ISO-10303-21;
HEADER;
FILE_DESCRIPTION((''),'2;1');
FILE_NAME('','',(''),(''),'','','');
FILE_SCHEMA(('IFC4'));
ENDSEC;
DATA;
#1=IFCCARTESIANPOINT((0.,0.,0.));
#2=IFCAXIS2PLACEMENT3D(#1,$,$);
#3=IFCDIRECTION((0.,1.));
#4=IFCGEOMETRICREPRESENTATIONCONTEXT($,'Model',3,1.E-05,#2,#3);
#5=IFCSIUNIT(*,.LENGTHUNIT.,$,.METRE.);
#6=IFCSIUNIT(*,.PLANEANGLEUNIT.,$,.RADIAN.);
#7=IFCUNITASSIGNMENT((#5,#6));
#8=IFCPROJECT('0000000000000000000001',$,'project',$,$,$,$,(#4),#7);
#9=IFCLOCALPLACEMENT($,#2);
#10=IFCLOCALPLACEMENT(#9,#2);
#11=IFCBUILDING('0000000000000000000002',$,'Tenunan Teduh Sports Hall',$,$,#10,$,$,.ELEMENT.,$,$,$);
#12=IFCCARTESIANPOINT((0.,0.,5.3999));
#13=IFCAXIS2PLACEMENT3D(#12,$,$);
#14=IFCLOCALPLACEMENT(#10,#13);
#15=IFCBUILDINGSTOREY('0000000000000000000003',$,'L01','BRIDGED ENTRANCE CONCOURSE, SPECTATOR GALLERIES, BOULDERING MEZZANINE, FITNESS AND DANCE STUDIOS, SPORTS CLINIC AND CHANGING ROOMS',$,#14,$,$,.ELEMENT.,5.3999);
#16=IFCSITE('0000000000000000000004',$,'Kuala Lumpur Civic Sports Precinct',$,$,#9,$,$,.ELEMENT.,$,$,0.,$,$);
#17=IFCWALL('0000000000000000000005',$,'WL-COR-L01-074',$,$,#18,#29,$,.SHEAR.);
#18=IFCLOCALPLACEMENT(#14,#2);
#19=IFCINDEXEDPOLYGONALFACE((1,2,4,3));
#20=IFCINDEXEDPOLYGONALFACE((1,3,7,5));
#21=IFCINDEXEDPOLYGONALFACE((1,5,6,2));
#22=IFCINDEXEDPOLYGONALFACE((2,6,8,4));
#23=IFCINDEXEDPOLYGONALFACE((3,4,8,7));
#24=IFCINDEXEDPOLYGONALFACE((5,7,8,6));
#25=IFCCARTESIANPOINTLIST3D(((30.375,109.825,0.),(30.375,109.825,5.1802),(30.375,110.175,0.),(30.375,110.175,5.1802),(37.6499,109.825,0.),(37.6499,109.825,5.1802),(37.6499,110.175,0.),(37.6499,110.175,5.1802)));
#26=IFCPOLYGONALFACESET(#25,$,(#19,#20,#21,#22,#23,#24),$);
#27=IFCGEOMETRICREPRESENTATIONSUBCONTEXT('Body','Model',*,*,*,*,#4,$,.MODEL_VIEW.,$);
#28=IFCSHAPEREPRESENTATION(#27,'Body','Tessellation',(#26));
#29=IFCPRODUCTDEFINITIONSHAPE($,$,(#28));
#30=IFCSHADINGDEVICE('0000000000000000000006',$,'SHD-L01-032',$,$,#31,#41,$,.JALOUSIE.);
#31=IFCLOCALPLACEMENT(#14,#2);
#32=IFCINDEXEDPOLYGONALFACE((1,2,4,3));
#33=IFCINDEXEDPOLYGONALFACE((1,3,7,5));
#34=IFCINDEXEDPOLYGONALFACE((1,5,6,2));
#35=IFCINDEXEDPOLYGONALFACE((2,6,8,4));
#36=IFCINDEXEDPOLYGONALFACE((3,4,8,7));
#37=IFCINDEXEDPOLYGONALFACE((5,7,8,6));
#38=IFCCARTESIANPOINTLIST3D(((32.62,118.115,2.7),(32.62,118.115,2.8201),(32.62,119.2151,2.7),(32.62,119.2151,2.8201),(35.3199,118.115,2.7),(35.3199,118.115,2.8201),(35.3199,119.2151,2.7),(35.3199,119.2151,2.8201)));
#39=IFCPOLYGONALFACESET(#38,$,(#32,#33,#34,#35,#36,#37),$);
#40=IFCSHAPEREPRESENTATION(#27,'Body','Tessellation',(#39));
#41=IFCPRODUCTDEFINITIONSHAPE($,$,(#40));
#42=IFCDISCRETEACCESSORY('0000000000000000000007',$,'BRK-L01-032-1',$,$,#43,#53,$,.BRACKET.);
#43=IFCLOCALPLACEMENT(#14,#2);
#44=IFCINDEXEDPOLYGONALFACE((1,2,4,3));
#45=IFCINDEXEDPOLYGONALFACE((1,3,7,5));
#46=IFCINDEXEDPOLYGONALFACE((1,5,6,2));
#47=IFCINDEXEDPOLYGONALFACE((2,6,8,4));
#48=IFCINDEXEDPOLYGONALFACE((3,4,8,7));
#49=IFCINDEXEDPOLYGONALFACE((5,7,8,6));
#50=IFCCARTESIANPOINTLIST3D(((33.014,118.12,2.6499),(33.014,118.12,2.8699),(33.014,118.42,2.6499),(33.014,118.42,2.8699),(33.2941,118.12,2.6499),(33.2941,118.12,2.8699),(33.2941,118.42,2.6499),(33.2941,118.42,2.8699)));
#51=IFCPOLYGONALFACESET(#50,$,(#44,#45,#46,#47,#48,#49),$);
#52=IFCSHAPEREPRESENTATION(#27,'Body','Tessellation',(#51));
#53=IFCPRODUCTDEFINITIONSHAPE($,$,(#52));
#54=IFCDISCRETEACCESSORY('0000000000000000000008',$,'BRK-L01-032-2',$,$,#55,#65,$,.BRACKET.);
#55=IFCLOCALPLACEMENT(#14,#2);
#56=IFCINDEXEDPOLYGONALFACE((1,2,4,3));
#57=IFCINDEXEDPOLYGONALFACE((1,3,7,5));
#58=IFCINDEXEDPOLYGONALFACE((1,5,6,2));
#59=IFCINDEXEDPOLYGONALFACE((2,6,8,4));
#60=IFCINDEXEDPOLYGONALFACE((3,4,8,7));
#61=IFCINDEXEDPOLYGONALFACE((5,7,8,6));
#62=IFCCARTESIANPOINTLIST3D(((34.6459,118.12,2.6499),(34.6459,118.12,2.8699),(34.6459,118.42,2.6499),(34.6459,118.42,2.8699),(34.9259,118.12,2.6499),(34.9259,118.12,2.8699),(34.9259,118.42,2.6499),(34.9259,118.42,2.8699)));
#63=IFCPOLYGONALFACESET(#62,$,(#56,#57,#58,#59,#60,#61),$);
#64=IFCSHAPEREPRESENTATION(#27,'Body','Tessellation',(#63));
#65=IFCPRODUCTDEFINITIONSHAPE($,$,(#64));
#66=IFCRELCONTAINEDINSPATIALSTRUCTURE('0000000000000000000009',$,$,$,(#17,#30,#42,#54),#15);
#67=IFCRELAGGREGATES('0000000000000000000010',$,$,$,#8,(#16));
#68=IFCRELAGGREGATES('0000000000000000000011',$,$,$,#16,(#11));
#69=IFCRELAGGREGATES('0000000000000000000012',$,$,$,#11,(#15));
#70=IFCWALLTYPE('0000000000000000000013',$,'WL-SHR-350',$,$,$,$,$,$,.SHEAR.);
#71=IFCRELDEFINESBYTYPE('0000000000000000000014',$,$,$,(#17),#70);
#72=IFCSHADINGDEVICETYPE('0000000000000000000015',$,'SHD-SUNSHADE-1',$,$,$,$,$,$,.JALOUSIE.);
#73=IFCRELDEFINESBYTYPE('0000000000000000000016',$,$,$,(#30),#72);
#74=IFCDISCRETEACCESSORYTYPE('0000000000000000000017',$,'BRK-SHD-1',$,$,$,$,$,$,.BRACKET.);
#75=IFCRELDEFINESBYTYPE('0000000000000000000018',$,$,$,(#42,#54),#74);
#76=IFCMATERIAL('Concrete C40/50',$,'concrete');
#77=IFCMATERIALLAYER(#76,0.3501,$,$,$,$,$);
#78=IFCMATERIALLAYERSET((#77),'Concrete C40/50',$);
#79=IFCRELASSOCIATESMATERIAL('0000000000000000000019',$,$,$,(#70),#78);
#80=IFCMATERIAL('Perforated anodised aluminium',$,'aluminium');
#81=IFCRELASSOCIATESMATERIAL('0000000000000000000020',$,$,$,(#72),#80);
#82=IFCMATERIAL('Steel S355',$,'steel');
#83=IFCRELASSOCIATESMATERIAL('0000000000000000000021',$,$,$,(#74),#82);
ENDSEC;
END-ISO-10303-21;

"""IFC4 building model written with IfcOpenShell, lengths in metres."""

from ifc_helpers import new_model, si_unit, direction, frame, frame_2d, origin, origin_2d, place, context, subcontext, project, spatial, rectangle, extrude, material, layer, layer_set, type_object, element, save


model = new_model("IFC4")

# Units and contexts
model_context = context("Model", 3, precision=1e-05, world=origin(), true_north=direction((0.0, 1.0)))
body_context = subcontext(model_context, "Body", "Model", "MODEL_VIEW")
ifc_project = project(units=[si_unit("LENGTHUNIT", "METRE"), si_unit("PLANEANGLEUNIT", "RADIAN")], contexts=[model_context])

# Site, building, storey
site_placement = place(None, origin())
site = spatial("IfcSite", under=ifc_project, at=site_placement, Name="Kuala Lumpur Civic Sports Precinct", CompositionType="ELEMENT", RefElevation=0.0)
building_placement = place(site_placement, origin())
building = spatial("IfcBuilding", under=site, at=building_placement, Name="Tenunan Teduh Sports Hall", CompositionType="ELEMENT")
storey_placement = place(building_placement, frame((0.0, 0.0, 5.3999)))
storey = spatial("IfcBuildingStorey", under=building, at=storey_placement, Name="L01", Description="BRIDGED ENTRANCE CONCOURSE, SPECTATOR GALLERIES, BOULDERING MEZZANINE, FITNESS AND DANCE STUDIOS, SPORTS CLINIC AND CHANGING ROOMS", CompositionType="ELEMENT", Elevation=5.3999)

# Wall
ifc_material_1 = material(Name="Concrete C40/50", Category="concrete")
ifc_layer_1 = layer(ifc_material_1, 0.3501)
ifc_layer_set_1 = layer_set([ifc_layer_1], Name="Concrete C40/50")
wall_type_1 = type_object("IfcWallType", Name="WL-SHR-350", PredefinedType="SHEAR", material=ifc_layer_set_1)
wall_1_placement = place(storey_placement, frame((30.375, 110.0, 0.0), z_axis=(0.0, 0.0, 1.0), x_axis=(1.0, 0.0, 0.0)))
element("IfcWall", 1, at=wall_1_placement, inside=storey, type_object=wall_type_1, Name="WL-COR-L01-074", PredefinedType="SHEAR", context=body_context, shape_type="SweptSolid", body=[
    extrude(rectangle(XDim=7.2749, YDim=0.3501, at=frame_2d((3.6375, 0.0))), origin(), (0.0, 0.0, 1.0), 5.1802),
])

# Shading device
ifc_material_2 = material(Name="Perforated anodised aluminium", Category="aluminium")
shading_device_type = type_object("IfcShadingDeviceType", Name="SHD-SUNSHADE-1", PredefinedType="JALOUSIE", material=ifc_material_2)
shading_device_placement = place(storey_placement, frame((33.97, 118.665, 2.7), z_axis=(0.0, 0.0, 1.0), x_axis=(1.0, 0.0, 0.0)))
element("IfcShadingDevice", 2, at=shading_device_placement, inside=storey, type_object=shading_device_type, Name="SHD-L01-032", PredefinedType="JALOUSIE", context=body_context, shape_type="SweptSolid", body=[
    extrude(rectangle(XDim=2.7, YDim=1.1001, at=origin_2d()), origin(), (0.0, 0.0, 1.0), 0.1201),
])

# Discrete accessories
ifc_material_3 = material(Name="Steel S355", Category="steel")
discrete_accessory_type = type_object("IfcDiscreteAccessoryType", Name="BRK-SHD-1", PredefinedType="BRACKET", material=ifc_material_3)
for number, where, z_axis, x_axis, name in (
    (3, (33.1541, 118.27, 2.6499), (0.0, 0.0, 1.0), (1.0, 0.0, 0.0), "BRK-L01-032-1"),
    (4, (34.7859, 118.27, 2.6499), (0.0, 0.0, 1.0), (1.0, 0.0, 0.0), "BRK-L01-032-2"),
):
    element("IfcDiscreteAccessory", number, at=place(storey_placement, frame(where, z_axis=z_axis, x_axis=x_axis)), inside=storey, type_object=discrete_accessory_type, Name=name, PredefinedType="BRACKET", context=body_context, shape_type="SweptSolid", body=[
        extrude(rectangle(XDim=0.28, YDim=0.3, at=origin_2d()), origin(), (0.0, 0.0, 1.0), 0.22),
    ])

save(model, "model.ifc")
